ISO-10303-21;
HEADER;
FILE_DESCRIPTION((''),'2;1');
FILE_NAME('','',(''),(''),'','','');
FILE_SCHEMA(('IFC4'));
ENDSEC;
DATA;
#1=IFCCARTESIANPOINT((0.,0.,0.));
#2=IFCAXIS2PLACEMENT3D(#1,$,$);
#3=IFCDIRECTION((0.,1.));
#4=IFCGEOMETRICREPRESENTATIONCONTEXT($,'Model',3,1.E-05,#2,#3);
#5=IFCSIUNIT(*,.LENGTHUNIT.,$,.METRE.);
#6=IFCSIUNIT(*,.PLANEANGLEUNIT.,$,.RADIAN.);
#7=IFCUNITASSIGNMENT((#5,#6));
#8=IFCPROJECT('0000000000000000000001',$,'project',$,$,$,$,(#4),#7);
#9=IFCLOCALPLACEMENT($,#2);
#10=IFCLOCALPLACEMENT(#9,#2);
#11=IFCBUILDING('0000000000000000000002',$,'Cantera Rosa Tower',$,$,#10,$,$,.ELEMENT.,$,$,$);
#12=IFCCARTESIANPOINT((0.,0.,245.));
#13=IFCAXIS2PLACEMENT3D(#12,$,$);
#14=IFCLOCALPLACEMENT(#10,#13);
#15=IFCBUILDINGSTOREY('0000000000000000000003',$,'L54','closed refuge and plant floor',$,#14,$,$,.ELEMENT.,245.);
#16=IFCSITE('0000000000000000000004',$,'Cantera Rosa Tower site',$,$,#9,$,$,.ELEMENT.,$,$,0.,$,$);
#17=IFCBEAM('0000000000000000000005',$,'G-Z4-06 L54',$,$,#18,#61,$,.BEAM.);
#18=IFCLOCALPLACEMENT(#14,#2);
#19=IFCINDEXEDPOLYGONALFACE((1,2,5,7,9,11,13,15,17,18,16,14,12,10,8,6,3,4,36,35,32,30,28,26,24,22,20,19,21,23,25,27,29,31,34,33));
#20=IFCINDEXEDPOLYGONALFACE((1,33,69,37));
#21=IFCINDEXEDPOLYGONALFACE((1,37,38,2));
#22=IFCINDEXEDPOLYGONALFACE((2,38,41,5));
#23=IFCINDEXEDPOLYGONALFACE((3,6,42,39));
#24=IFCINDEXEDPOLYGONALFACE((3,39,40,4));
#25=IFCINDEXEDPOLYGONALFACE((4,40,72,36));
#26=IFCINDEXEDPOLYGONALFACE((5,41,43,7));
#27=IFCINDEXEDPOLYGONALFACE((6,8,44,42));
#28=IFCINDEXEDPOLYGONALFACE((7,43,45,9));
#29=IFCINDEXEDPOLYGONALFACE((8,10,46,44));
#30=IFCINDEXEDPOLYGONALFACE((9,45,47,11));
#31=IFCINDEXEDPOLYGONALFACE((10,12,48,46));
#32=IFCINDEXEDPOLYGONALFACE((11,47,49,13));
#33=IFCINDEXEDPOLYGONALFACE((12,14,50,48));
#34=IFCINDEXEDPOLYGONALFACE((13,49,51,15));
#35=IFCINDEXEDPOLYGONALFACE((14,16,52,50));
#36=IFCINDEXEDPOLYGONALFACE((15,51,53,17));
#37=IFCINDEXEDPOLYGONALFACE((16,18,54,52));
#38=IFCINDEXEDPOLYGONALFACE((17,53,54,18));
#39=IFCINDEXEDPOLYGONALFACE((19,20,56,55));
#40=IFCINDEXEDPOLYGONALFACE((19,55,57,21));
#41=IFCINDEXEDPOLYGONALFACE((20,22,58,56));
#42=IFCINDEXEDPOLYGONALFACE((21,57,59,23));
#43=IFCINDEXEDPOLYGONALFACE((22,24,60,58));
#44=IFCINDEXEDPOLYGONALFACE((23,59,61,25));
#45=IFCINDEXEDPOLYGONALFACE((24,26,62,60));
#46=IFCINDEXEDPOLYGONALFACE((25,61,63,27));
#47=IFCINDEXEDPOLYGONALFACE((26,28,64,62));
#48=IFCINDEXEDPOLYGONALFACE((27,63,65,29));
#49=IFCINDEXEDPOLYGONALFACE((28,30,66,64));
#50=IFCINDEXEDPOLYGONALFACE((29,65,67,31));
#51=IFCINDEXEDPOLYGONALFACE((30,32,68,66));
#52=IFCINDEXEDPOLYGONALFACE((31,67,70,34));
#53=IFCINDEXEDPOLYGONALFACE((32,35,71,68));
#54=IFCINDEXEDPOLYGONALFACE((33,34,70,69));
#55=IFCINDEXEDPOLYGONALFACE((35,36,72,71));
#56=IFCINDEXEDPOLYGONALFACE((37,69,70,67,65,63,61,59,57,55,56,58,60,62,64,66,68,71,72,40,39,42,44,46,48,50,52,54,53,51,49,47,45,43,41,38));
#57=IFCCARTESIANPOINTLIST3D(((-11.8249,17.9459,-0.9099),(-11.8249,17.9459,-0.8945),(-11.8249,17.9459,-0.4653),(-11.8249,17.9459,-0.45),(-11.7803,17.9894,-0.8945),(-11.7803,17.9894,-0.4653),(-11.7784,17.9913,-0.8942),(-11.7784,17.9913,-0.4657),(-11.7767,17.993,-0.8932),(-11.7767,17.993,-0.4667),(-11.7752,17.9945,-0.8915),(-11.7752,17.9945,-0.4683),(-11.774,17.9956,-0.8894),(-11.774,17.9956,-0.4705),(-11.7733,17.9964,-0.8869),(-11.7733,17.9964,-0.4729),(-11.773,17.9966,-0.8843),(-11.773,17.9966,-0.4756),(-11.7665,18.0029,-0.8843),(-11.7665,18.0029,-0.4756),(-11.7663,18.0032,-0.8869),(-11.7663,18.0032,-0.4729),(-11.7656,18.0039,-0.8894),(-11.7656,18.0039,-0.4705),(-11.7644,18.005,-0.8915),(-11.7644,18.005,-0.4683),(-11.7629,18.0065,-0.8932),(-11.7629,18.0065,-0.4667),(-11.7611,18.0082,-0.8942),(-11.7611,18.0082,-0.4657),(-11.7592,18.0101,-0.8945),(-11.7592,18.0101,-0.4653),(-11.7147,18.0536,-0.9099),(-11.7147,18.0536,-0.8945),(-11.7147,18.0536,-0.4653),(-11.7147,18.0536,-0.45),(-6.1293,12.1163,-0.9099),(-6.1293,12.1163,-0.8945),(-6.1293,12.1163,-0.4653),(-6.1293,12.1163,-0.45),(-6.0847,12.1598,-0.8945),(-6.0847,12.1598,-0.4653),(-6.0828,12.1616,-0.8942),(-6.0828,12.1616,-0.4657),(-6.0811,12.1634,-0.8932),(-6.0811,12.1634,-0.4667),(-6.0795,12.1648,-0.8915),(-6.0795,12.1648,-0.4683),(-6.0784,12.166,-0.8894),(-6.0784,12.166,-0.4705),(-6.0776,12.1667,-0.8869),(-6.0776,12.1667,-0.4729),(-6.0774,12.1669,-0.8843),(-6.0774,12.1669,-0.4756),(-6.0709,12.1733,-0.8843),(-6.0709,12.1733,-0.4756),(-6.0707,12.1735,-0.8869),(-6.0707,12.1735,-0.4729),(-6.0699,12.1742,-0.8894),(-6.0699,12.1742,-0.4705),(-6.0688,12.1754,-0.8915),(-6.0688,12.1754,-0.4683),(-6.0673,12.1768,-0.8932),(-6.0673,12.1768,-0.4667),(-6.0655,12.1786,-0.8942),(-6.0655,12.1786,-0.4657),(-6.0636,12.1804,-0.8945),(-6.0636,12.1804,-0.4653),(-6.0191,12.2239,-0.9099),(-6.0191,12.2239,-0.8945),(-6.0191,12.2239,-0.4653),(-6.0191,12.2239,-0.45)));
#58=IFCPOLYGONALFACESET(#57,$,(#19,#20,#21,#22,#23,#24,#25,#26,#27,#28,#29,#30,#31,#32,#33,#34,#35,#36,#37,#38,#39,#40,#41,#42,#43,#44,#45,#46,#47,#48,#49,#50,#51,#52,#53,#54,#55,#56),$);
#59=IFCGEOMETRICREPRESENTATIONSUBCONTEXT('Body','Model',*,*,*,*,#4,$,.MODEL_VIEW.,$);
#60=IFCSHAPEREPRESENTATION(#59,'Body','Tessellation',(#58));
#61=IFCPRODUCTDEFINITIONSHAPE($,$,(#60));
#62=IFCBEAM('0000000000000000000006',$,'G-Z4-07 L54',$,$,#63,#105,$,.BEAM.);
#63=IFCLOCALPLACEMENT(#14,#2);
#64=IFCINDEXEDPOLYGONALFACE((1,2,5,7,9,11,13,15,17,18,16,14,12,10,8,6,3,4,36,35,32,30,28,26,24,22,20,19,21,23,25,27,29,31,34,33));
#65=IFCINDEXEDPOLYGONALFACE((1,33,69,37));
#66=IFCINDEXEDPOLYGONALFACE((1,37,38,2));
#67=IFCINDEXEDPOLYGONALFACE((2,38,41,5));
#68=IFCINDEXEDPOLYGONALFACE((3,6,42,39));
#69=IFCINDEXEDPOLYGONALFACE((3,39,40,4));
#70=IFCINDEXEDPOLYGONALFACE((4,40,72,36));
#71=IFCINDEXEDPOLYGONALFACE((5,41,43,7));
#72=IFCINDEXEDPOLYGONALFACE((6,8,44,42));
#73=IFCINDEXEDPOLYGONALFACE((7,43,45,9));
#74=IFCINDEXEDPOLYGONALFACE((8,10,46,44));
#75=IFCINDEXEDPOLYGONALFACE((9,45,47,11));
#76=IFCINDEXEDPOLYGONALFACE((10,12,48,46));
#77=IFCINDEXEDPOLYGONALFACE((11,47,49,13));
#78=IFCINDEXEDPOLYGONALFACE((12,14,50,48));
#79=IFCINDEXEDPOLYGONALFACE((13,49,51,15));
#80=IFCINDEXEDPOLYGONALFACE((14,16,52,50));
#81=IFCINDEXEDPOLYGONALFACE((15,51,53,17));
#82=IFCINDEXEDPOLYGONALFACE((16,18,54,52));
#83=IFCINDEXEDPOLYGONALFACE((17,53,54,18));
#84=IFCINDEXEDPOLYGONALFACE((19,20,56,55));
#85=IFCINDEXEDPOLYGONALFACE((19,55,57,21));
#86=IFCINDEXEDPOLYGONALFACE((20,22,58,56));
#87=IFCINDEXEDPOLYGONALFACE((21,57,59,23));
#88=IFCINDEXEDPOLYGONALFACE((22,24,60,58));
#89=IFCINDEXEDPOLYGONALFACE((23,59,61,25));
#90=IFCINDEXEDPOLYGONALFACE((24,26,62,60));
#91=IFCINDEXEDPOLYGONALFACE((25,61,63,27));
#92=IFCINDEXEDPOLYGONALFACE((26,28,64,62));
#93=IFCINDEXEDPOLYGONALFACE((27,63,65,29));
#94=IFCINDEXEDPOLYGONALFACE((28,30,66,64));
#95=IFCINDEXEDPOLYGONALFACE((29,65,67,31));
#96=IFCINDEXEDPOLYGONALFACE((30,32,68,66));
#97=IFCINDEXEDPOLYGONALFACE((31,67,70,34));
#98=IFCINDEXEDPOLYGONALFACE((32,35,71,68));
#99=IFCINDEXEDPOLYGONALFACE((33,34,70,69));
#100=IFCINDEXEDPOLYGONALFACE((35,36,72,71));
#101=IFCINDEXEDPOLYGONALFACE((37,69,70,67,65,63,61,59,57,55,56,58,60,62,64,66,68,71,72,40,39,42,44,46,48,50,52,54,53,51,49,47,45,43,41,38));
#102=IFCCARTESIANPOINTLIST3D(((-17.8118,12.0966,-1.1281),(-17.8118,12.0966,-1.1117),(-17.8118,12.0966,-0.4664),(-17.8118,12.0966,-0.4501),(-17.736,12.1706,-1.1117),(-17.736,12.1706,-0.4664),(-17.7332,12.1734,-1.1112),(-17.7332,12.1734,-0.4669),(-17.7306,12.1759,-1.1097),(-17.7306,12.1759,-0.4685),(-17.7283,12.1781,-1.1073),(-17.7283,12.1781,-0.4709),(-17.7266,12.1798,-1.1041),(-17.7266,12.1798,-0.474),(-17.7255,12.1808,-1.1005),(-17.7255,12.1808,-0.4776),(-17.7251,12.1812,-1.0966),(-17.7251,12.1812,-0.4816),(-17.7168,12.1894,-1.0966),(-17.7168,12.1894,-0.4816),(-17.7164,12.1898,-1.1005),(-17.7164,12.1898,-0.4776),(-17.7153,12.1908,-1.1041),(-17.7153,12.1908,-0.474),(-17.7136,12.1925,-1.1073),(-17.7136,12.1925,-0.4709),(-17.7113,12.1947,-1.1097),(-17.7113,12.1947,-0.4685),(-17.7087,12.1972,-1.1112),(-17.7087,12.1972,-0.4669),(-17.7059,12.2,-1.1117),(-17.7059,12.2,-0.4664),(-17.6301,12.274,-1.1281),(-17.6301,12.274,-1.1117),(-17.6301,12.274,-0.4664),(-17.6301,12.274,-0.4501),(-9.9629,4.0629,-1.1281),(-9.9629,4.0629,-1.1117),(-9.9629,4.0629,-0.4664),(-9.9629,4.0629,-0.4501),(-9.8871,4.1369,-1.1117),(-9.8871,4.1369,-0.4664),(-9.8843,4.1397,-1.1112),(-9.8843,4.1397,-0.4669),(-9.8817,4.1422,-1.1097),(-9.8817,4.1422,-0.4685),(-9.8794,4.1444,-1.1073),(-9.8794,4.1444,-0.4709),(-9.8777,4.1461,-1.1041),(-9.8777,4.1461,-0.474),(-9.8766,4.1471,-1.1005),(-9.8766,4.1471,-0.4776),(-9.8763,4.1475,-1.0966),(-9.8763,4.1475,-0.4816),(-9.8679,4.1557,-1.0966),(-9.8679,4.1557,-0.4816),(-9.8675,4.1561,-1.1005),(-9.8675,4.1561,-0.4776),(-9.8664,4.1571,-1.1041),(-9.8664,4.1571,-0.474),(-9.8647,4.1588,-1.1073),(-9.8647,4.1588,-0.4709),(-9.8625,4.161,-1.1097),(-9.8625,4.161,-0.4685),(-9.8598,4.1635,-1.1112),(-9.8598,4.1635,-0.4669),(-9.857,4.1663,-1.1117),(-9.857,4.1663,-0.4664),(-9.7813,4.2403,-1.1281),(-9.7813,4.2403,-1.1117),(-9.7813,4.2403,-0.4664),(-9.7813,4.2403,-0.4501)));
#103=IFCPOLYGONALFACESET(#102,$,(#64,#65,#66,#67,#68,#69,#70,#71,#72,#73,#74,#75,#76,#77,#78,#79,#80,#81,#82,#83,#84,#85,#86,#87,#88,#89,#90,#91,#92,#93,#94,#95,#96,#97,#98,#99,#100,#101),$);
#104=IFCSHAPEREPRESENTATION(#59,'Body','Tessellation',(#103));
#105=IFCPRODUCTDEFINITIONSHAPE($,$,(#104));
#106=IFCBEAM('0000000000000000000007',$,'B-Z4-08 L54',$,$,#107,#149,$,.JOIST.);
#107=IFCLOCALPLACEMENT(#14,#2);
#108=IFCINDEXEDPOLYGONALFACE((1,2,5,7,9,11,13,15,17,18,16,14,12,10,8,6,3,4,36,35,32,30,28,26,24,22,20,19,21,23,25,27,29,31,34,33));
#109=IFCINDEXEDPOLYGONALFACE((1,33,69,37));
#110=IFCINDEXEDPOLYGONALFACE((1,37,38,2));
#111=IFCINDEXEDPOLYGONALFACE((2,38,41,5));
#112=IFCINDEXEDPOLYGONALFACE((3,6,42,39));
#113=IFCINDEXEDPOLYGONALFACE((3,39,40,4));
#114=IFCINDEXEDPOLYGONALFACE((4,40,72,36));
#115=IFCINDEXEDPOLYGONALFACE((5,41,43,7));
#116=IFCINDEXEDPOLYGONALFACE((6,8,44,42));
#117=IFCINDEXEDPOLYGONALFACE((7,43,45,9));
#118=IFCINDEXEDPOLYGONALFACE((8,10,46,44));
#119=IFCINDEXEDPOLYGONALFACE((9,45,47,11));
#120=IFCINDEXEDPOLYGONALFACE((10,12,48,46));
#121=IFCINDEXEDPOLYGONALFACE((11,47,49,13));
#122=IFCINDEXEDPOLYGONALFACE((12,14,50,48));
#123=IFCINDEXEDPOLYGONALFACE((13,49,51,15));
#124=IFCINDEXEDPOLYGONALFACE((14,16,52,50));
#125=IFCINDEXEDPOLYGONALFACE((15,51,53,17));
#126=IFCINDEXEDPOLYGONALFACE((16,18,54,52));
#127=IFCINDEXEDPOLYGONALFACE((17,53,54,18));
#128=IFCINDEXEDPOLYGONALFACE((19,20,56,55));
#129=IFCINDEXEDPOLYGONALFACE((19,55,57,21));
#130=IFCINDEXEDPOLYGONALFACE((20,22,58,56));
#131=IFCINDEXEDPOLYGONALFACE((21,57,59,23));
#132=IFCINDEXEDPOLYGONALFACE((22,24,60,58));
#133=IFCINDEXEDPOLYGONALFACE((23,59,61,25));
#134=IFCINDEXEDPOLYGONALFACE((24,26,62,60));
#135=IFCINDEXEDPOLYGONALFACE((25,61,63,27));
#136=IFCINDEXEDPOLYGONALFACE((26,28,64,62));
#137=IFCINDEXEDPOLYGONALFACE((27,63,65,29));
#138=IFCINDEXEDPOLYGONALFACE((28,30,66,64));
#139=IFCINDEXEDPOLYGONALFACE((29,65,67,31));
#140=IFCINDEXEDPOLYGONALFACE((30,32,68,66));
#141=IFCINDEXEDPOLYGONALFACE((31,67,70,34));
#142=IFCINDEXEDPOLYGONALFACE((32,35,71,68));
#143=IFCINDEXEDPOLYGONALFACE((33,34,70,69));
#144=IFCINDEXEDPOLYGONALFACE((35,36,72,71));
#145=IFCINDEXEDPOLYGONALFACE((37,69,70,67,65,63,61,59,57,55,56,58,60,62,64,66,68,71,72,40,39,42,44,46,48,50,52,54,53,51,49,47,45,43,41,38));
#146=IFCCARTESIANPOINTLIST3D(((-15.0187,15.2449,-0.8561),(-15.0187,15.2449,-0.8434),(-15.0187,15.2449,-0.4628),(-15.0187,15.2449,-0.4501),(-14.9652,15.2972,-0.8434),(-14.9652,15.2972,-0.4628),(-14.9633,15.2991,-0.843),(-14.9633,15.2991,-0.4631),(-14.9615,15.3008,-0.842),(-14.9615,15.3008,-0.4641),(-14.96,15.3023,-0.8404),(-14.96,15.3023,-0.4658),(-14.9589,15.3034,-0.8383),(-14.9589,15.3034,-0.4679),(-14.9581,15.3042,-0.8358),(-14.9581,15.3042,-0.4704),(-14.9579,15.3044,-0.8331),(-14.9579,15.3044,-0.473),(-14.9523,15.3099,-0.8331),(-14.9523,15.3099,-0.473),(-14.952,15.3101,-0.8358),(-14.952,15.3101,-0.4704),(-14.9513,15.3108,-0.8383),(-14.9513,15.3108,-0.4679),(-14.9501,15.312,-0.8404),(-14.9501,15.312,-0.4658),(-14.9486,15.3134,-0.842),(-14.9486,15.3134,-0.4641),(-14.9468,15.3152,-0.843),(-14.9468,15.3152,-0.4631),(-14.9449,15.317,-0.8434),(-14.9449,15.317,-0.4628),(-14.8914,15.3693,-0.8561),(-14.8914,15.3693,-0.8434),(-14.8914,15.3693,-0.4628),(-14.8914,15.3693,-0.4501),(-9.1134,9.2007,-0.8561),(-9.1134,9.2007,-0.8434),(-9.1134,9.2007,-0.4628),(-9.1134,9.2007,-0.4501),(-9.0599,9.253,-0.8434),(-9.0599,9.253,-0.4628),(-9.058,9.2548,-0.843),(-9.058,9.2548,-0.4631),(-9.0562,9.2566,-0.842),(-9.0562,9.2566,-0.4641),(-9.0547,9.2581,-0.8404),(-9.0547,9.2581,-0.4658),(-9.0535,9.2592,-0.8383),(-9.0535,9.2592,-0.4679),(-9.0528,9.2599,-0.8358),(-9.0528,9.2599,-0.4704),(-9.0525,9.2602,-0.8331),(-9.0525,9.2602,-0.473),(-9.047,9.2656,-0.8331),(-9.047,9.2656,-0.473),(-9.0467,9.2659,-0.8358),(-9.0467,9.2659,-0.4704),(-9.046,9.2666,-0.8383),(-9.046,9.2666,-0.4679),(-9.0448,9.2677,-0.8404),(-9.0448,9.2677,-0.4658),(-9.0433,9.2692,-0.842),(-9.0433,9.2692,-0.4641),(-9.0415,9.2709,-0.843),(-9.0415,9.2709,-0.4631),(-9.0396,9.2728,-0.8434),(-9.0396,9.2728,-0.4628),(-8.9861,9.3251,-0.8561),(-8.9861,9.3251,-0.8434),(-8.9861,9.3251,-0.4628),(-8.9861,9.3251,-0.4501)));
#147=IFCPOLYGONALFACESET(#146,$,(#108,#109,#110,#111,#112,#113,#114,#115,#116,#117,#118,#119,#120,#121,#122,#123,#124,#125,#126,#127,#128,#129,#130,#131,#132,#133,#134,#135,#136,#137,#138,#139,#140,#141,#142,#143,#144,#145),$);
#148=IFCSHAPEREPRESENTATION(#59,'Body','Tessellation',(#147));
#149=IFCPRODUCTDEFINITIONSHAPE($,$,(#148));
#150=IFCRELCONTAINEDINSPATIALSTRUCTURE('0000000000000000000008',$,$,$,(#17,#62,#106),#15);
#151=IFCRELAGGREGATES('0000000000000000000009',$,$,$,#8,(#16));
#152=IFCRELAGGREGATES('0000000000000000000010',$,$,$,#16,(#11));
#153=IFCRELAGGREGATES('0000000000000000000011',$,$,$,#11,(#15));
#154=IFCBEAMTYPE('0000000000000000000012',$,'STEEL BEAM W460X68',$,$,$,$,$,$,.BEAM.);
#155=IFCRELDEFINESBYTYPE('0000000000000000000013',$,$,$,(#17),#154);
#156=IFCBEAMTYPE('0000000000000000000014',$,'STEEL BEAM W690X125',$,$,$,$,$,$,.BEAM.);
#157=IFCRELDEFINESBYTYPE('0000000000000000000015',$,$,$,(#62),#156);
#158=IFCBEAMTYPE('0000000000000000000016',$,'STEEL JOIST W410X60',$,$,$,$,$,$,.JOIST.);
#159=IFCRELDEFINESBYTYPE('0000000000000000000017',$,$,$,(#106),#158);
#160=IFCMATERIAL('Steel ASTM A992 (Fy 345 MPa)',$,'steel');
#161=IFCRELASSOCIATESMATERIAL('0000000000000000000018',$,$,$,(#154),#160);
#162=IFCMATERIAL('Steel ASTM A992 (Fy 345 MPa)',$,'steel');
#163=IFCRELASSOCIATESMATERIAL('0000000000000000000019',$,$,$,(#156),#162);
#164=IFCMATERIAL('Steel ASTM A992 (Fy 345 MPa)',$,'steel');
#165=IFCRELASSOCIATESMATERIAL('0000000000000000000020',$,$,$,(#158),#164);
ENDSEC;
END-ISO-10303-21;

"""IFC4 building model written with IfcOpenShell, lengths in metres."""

from ifc_helpers import new_model, si_unit, direction, frame, origin, origin_2d, place, context, subcontext, project, spatial, i_section, extrude, material, material_profile, profile_set, type_object, element, save


model = new_model("IFC4")

# Units and contexts
model_context = context("Model", 3, precision=1e-05, world=origin(), true_north=direction((0.0, 1.0)))
body_context = subcontext(model_context, "Body", "Model", "MODEL_VIEW")
ifc_project = project(units=[si_unit("LENGTHUNIT", "METRE"), si_unit("PLANEANGLEUNIT", "RADIAN")], contexts=[model_context])

# Site, building, storey
site_placement = place(None, origin())
site = spatial("IfcSite", under=ifc_project, at=site_placement, Name="Cantera Rosa Tower site", CompositionType="ELEMENT", RefElevation=0.0)
building_placement = place(site_placement, origin())
building = spatial("IfcBuilding", under=site, at=building_placement, Name="Cantera Rosa Tower", CompositionType="ELEMENT")
storey_placement = place(building_placement, frame((0.0, 0.0, 245.0)))
storey = spatial("IfcBuildingStorey", under=building, at=storey_placement, Name="L54", Description="closed refuge and plant floor", CompositionType="ELEMENT", Elevation=245.0)

# Beams
ifc_material_1 = material(Name="Steel ASTM A992 (Fy 345 MPa)", Category="steel")
ifc_material_profile_1 = material_profile(ifc_material_1, i_section(OverallWidth=0.1541, OverallDepth=0.46, WebThickness=0.009, FlangeThickness=0.0154, FilletRadius=0.0103, at=origin_2d()), Name="W460X68")
ifc_profile_set_1 = profile_set([ifc_material_profile_1], Name="Steel ASTM A992 (Fy 345 MPa)")
beam_type_1 = type_object("IfcBeamType", Name="STEEL BEAM W460X68", PredefinedType="BEAM", material=ifc_profile_set_1)
beam_1_placement = place(storey_placement, frame((-11.7698, 17.9998, -0.6799), z_axis=(0.698836, -0.715282, 0.0), x_axis=(0.715282, 0.698836, 0.0)))
element("IfcBeam", 1, at=beam_1_placement, inside=storey, type_object=beam_type_1, Name="G-Z4-06 L54", PredefinedType="BEAM", context=body_context, shape_type="SweptSolid", body=[
    extrude(i_section(OverallWidth=0.1541, OverallDepth=0.46, WebThickness=0.009, FlangeThickness=0.0154, FilletRadius=0.0103, at=origin_2d()), origin(), (0.0, 0.0, 1.0), 8.1501),
])
ifc_material_2 = material(Name="Steel ASTM A992 (Fy 345 MPa)", Category="steel")
ifc_material_profile_2 = material_profile(ifc_material_2, i_section(OverallWidth=0.2539, OverallDepth=0.678, WebThickness=0.0117, FlangeThickness=0.0164, FilletRadius=0.0151, at=origin_2d()), Name="W690X125")
ifc_profile_set_2 = profile_set([ifc_material_profile_2], Name="Steel ASTM A992 (Fy 345 MPa)")
beam_type_2 = type_object("IfcBeamType", Name="STEEL BEAM W690X125", PredefinedType="BEAM", material=ifc_profile_set_2)
beam_2_placement = place(storey_placement, frame((-17.7209, 12.1853, -0.7891), z_axis=(0.698831, -0.715286, 0.0), x_axis=(0.715286, 0.698831, 0.0)))
element("IfcBeam", 2, at=beam_2_placement, inside=storey, type_object=beam_type_2, Name="G-Z4-07 L54", PredefinedType="BEAM", context=body_context, shape_type="SweptSolid", body=[
    extrude(i_section(OverallWidth=0.2539, OverallDepth=0.678, WebThickness=0.0117, FlangeThickness=0.0164, FilletRadius=0.0151, at=origin_2d()), origin(), (0.0, 0.0, 1.0), 11.2314),
])
ifc_material_3 = material(Name="Steel ASTM A992 (Fy 345 MPa)", Category="steel")
ifc_material_profile_3 = material_profile(ifc_material_3, i_section(OverallWidth=0.178, OverallDepth=0.406, WebThickness=0.0078, FlangeThickness=0.0127, FilletRadius=0.0103, at=origin_2d()), Name="W410X60")
ifc_profile_set_3 = profile_set([ifc_material_profile_3], Name="Steel ASTM A992 (Fy 345 MPa)")
beam_type_3 = type_object("IfcBeamType", Name="STEEL JOIST W410X60", PredefinedType="JOIST", material=ifc_profile_set_3)
beam_3_placement = place(storey_placement, frame((-14.9551, 15.3071, -0.6531), z_axis=(0.698839, -0.715279, 0.0), x_axis=(0.715279, 0.698839, 0.0)))
element("IfcBeam", 3, at=beam_3_placement, inside=storey, type_object=beam_type_3, Name="B-Z4-08 L54", PredefinedType="JOIST", context=body_context, shape_type="SweptSolid", body=[
    extrude(i_section(OverallWidth=0.178, OverallDepth=0.406, WebThickness=0.0078, FlangeThickness=0.0127, FilletRadius=0.0103, at=origin_2d()), origin(), (0.0, 0.0, 1.0), 8.4502),
])

save(model, "model.ifc")
